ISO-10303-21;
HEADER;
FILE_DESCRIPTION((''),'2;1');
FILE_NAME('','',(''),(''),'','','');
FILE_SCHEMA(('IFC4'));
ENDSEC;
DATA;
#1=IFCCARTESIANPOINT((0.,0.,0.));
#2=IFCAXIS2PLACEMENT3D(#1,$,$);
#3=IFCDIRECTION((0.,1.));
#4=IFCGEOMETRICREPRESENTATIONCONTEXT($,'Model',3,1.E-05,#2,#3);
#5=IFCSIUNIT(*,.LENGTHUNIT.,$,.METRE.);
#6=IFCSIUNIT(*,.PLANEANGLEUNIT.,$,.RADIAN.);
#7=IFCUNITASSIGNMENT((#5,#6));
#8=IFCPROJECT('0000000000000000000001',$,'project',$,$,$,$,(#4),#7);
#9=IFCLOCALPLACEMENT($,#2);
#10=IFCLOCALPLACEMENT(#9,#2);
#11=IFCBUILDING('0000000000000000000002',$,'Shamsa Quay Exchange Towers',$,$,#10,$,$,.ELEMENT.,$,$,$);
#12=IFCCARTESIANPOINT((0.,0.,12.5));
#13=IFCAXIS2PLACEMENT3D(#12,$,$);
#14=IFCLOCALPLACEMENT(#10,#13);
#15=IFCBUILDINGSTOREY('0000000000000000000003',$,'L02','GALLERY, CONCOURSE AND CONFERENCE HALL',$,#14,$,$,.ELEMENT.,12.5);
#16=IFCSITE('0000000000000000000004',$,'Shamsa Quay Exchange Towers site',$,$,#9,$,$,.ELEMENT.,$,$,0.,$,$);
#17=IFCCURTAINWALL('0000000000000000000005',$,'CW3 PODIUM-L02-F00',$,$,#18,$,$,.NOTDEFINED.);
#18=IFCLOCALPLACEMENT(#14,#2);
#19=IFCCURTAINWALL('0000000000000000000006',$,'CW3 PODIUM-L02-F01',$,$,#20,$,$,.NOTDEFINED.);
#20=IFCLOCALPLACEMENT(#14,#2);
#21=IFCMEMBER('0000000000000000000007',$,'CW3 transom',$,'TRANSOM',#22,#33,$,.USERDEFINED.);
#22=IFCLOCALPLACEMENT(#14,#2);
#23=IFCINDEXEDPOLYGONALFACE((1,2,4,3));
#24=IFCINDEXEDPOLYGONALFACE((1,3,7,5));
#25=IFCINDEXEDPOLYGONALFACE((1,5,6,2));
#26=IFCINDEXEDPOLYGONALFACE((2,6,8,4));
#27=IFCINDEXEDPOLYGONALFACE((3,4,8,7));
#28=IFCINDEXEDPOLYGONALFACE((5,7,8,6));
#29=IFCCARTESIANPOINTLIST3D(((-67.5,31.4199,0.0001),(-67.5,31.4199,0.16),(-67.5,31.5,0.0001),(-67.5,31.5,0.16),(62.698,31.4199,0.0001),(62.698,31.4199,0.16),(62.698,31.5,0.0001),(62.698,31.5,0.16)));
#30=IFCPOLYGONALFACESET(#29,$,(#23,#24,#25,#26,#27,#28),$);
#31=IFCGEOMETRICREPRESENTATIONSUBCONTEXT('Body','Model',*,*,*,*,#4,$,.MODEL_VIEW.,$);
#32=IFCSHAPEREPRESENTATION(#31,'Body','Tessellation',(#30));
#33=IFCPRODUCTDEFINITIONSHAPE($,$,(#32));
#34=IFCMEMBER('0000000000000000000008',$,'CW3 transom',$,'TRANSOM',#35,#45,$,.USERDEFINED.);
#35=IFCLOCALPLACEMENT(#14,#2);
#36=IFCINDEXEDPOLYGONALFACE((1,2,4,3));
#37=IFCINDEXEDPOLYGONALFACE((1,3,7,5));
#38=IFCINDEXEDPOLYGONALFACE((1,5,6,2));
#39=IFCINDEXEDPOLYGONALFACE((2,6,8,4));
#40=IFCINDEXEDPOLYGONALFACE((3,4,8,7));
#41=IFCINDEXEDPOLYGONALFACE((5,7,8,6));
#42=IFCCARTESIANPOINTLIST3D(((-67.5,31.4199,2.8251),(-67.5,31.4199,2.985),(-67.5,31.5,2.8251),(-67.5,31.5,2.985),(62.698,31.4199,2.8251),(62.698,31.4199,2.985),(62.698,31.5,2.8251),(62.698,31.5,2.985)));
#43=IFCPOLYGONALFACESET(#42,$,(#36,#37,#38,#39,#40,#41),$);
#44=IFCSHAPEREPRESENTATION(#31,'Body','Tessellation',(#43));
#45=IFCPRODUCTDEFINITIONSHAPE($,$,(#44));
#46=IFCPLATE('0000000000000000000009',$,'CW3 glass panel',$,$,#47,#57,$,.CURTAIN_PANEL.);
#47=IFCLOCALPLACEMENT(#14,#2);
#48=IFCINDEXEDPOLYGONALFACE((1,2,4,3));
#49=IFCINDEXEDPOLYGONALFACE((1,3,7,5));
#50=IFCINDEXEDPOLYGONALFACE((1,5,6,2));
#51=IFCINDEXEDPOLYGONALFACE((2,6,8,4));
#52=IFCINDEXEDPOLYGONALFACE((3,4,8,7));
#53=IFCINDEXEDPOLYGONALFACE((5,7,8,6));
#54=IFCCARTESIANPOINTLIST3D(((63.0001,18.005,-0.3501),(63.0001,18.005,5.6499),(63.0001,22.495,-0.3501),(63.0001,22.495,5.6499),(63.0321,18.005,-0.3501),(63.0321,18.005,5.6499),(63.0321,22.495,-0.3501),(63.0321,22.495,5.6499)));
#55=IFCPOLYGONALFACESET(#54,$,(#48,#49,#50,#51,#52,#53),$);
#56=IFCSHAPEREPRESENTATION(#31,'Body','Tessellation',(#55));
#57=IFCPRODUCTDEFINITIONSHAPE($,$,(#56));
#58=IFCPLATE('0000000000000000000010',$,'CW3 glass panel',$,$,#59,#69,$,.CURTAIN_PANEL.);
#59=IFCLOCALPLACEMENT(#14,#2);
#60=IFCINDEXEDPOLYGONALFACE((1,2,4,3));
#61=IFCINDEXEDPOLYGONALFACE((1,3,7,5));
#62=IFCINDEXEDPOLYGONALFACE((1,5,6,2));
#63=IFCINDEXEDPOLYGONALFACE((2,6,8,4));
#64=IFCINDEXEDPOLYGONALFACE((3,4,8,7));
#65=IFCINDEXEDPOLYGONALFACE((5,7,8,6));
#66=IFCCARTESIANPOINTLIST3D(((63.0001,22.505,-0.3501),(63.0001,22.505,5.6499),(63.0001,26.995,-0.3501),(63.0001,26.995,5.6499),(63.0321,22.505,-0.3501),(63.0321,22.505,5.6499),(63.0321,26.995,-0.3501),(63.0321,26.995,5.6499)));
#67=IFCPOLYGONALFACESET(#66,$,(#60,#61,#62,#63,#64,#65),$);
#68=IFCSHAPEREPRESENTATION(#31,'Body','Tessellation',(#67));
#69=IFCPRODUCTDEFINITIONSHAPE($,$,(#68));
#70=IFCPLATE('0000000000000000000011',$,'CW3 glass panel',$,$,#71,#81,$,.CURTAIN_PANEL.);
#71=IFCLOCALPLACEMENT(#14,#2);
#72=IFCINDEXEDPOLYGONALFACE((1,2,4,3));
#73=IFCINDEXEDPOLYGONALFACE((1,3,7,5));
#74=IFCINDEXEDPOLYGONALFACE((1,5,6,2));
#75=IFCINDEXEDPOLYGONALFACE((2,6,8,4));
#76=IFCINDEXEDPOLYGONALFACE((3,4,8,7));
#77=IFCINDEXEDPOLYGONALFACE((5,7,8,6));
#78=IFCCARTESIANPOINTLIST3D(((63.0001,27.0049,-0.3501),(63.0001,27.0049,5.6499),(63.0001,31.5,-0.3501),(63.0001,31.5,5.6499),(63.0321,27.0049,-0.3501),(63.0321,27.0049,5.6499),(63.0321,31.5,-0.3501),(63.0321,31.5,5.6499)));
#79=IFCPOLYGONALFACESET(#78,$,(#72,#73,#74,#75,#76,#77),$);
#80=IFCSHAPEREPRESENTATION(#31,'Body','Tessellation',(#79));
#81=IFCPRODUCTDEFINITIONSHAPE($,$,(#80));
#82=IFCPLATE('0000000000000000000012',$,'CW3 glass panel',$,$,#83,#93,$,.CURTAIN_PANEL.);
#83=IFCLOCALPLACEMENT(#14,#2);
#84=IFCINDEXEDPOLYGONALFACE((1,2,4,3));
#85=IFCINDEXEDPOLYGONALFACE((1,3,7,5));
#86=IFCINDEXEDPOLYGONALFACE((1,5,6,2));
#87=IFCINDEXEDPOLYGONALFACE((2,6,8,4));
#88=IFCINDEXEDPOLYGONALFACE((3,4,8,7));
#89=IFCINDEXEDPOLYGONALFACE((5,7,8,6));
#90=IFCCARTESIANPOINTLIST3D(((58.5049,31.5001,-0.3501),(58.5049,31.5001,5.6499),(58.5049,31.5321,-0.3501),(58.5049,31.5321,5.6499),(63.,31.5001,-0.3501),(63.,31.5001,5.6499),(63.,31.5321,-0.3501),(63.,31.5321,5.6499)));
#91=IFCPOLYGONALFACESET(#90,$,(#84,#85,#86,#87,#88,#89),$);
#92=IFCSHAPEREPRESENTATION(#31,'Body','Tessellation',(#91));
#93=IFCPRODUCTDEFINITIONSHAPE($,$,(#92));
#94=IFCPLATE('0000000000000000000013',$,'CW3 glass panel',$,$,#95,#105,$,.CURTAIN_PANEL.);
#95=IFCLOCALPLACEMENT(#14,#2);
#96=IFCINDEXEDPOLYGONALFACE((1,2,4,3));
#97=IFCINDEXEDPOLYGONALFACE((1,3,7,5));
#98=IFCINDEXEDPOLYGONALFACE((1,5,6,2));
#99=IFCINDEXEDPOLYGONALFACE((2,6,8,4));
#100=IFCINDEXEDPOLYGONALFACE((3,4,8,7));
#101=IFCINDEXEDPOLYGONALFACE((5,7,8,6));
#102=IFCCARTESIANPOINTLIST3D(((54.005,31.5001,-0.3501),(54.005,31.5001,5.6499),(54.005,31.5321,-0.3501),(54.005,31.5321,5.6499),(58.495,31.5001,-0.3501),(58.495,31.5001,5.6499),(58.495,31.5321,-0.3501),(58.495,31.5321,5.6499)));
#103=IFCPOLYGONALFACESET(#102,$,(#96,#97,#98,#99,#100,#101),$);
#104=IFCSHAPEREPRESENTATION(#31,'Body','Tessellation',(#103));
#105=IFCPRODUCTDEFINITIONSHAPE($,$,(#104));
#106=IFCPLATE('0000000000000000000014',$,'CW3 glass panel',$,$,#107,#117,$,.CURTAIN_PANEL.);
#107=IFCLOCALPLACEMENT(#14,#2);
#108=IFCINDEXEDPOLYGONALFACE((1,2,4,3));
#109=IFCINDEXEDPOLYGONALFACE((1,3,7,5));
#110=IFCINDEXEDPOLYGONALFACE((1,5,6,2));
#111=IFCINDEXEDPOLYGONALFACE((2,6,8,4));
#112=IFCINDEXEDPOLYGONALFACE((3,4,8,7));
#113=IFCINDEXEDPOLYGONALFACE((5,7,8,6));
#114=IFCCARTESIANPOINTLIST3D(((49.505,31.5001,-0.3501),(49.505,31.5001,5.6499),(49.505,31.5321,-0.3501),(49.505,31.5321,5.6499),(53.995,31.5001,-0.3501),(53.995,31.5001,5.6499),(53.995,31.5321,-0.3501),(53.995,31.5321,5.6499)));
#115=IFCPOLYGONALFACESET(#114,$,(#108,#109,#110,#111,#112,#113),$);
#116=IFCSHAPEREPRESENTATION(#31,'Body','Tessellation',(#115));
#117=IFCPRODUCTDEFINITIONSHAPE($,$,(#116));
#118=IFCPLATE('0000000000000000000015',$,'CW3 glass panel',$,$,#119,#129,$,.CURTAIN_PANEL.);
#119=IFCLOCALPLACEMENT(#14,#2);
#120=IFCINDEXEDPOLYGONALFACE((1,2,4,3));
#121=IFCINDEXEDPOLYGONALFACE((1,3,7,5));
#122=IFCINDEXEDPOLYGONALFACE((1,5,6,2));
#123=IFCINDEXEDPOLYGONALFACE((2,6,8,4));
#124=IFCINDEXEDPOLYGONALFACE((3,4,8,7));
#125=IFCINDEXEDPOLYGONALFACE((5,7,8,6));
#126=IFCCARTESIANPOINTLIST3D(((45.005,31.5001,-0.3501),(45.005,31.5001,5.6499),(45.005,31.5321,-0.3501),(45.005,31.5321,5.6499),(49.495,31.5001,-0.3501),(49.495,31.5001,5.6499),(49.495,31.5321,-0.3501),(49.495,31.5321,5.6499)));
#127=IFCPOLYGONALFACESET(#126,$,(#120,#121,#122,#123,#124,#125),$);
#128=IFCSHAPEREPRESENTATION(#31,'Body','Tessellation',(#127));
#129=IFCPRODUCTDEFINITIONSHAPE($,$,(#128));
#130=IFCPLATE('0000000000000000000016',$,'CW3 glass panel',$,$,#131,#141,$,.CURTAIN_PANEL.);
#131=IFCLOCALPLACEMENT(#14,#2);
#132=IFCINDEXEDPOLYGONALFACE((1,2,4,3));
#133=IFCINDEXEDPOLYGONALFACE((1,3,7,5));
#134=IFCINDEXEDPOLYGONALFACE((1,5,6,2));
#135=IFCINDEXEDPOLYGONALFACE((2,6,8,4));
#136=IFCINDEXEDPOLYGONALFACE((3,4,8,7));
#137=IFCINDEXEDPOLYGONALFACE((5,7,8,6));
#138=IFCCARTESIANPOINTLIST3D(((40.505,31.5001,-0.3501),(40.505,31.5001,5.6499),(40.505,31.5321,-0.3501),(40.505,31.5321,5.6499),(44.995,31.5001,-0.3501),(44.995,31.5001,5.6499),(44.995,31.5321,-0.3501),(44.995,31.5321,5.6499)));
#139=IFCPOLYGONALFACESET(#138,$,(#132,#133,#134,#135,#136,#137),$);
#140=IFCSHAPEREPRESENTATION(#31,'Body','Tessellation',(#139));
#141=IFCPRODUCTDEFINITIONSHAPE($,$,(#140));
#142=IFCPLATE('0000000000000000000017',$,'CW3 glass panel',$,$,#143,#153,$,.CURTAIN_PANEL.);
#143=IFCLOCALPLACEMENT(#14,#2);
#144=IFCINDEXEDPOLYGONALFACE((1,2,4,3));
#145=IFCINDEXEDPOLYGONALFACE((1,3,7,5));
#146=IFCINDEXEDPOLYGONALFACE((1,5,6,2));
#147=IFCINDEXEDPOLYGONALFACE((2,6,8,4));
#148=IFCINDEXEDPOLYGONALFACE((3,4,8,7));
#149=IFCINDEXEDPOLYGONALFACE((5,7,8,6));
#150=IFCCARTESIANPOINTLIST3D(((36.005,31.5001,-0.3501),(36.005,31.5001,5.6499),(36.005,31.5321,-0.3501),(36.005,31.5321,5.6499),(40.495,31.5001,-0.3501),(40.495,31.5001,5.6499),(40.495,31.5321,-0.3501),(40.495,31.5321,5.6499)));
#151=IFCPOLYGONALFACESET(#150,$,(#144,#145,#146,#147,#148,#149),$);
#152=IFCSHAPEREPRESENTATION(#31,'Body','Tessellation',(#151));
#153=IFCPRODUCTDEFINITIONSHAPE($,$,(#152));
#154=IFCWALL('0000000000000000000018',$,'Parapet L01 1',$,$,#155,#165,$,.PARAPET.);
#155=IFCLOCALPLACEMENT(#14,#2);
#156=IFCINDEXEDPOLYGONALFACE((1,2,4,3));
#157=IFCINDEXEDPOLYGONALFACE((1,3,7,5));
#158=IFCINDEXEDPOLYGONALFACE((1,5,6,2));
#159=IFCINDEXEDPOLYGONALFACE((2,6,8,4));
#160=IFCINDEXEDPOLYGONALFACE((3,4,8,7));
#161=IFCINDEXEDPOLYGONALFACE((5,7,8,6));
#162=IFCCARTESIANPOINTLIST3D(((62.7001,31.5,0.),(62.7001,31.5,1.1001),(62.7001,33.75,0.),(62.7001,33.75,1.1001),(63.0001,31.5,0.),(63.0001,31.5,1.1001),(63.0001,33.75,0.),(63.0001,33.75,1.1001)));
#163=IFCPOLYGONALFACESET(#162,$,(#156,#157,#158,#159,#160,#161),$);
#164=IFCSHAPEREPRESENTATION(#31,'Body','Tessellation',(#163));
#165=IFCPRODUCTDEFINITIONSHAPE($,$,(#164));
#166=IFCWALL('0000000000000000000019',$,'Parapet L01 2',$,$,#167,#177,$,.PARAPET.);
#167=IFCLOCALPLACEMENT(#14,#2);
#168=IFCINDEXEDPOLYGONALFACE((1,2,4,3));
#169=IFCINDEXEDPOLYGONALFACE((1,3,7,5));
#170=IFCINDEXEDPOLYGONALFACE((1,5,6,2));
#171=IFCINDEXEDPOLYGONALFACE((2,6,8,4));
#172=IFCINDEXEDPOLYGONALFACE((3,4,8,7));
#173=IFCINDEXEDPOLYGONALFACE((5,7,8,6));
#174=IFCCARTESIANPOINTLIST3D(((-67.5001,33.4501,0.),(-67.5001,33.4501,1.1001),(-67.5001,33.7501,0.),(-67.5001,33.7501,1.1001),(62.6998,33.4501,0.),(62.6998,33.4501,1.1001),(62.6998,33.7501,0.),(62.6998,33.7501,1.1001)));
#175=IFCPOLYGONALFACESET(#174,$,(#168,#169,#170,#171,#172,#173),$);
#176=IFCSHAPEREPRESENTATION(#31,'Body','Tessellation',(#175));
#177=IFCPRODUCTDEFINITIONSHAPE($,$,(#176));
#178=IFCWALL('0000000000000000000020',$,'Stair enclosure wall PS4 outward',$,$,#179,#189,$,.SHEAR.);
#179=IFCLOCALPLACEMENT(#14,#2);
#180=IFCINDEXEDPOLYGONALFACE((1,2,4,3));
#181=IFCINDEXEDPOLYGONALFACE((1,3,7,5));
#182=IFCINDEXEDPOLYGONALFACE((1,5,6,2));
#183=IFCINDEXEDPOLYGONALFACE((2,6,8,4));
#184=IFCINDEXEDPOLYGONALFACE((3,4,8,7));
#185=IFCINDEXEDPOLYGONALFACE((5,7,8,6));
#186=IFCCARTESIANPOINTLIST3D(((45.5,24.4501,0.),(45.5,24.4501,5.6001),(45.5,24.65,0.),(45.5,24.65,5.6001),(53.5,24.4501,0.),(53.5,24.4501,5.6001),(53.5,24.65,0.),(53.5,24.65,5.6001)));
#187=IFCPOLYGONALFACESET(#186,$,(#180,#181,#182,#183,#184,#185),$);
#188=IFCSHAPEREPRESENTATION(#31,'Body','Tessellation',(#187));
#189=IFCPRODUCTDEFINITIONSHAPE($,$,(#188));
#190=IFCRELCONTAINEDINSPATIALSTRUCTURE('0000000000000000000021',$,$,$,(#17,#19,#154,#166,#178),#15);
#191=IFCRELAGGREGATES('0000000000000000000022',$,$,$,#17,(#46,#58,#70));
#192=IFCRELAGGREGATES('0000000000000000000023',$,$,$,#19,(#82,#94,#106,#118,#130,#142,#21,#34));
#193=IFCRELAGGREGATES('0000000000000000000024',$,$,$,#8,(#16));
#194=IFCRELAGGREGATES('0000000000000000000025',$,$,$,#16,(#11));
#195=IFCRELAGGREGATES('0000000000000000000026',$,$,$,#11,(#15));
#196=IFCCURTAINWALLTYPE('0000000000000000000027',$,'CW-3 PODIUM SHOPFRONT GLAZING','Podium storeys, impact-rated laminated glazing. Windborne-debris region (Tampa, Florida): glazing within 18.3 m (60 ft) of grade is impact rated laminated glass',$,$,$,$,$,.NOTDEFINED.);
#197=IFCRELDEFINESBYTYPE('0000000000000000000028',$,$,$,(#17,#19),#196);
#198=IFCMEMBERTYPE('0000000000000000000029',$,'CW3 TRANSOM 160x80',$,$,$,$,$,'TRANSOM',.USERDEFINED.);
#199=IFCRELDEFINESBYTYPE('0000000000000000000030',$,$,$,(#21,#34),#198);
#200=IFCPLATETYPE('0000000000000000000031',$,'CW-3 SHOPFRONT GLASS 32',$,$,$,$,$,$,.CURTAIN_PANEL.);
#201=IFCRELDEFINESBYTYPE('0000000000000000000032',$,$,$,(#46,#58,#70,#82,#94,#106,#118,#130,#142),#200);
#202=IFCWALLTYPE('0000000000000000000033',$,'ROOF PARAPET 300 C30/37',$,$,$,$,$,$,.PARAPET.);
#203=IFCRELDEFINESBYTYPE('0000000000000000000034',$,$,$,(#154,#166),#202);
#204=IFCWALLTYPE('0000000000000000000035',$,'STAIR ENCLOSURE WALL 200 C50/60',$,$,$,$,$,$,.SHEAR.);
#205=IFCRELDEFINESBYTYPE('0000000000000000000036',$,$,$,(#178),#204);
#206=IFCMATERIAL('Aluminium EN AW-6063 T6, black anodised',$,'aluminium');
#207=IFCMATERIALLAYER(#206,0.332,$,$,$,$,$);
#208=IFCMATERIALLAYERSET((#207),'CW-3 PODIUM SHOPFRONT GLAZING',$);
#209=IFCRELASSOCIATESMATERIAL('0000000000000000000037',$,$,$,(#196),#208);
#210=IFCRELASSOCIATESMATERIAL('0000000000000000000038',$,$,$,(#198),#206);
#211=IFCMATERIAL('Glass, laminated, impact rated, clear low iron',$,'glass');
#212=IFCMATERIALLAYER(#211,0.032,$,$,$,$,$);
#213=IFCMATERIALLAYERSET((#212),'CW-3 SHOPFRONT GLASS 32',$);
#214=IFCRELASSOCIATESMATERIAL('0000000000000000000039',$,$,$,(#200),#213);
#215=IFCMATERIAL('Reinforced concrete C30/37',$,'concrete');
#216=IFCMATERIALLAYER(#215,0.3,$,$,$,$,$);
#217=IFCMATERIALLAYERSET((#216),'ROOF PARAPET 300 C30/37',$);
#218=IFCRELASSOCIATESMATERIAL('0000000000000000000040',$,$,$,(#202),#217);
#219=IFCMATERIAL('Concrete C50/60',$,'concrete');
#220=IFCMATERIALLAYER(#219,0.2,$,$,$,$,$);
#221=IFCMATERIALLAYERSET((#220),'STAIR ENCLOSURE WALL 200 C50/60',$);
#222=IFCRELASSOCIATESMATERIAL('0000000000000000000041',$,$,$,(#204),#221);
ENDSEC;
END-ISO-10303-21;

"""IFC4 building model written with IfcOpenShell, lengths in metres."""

from ifc_helpers import new_model, si_unit, direction, frame, frame_2d, origin, origin_2d, place, context, subcontext, project, spatial, rectangle, extrude, material, layer, layer_set, material_profile, profile_set, type_object, element, aggregate, save


model = new_model("IFC4")

# Units and contexts
model_context = context("Model", 3, precision=1e-05, world=origin(), true_north=direction((0.0, 1.0)))
body_context = subcontext(model_context, "Body", "Model", "MODEL_VIEW")
ifc_project = project(units=[si_unit("LENGTHUNIT", "METRE"), si_unit("PLANEANGLEUNIT", "RADIAN")], contexts=[model_context])

# Site, building, storey
site_placement = place(None, origin())
site = spatial("IfcSite", under=ifc_project, at=site_placement, Name="Shamsa Quay Exchange Towers site", CompositionType="ELEMENT", RefElevation=0.0)
building_placement = place(site_placement, origin())
building = spatial("IfcBuilding", under=site, at=building_placement, Name="Shamsa Quay Exchange Towers", CompositionType="ELEMENT")
storey_placement = place(building_placement, frame((0.0, 0.0, 12.5)))
storey = spatial("IfcBuildingStorey", under=building, at=storey_placement, Name="L02", Description="GALLERY, CONCOURSE AND CONFERENCE HALL", CompositionType="ELEMENT", Elevation=12.5)

# Curtain walls, members
ifc_material_1 = material(Name="Aluminium EN AW-6063 T6, black anodised", Category="aluminium")
ifc_layer_1 = layer(ifc_material_1, 0.332)
ifc_layer_set_1 = layer_set([ifc_layer_1], Name="CW-3 PODIUM SHOPFRONT GLAZING")
curtain_wall_type = type_object("IfcCurtainWallType", Name="CW-3 PODIUM SHOPFRONT GLAZING", Description="Podium storeys, impact-rated laminated glazing. Windborne-debris region (Tampa, Florida): glazing within 18.3 m (60 ft) of grade is impact rated laminated glass", PredefinedType="NOTDEFINED", material=ifc_layer_set_1)
curtain_wall_1_placement = place(storey_placement, origin())
curtain_wall_1 = element("IfcCurtainWall", 1, at=curtain_wall_1_placement, inside=storey, type_object=curtain_wall_type, Name="CW3 PODIUM-L02-F00", PredefinedType="NOTDEFINED")
curtain_wall_2_placement = place(storey_placement, origin())
curtain_wall_2 = element("IfcCurtainWall", 2, at=curtain_wall_2_placement, inside=storey, type_object=curtain_wall_type, Name="CW3 PODIUM-L02-F01", PredefinedType="NOTDEFINED")
ifc_material_profile_1 = material_profile(ifc_material_1, rectangle(XDim=0.0801, YDim=0.1599, at=origin_2d()), Name="TR160x80")
ifc_profile_set_1 = profile_set([ifc_material_profile_1], Name="Aluminium EN AW-6063 T6, black anodised")
member_type_1 = type_object("IfcMemberType", Name="CW3 TRANSOM 160x80", ElementType="TRANSOM", PredefinedType="USERDEFINED", material=ifc_profile_set_1)
member_1_placement = place(storey_placement, frame((62.698, 31.46, 0.0801), z_axis=(-1.0, 0.0, 0.0), x_axis=(0.0, -1.0, 0.0)))
member_1 = element("IfcMember", 3, at=member_1_placement, type_object=member_type_1, Name="CW3 transom", ObjectType="TRANSOM", PredefinedType="USERDEFINED", context=body_context, shape_type="SweptSolid", body=[
    extrude(rectangle(XDim=0.0801, YDim=0.1599, at=origin_2d()), origin(), (0.0, 0.0, 1.0), 130.198),
])
member_2_placement = place(storey_placement, frame((62.698, 31.46, 2.905), z_axis=(-1.0, 0.0, 0.0), x_axis=(0.0, -1.0, 0.0)))
member_2 = element("IfcMember", 4, at=member_2_placement, type_object=member_type_1, Name="CW3 transom", ObjectType="TRANSOM", PredefinedType="USERDEFINED", context=body_context, shape_type="SweptSolid", body=[
    extrude(rectangle(XDim=0.0801, YDim=0.1599, at=origin_2d()), origin(), (0.0, 0.0, 1.0), 130.198),
])

# Plates
ifc_material_2 = material(Name="Glass, laminated, impact rated, clear low iron", Category="glass")
ifc_layer_2 = layer(ifc_material_2, 0.032)
ifc_layer_set_2 = layer_set([ifc_layer_2], Name="CW-3 SHOPFRONT GLASS 32")
plate_type = type_object("IfcPlateType", Name="CW-3 SHOPFRONT GLASS 32", PredefinedType="CURTAIN_PANEL", material=ifc_layer_set_2)
plate_1_placement = place(storey_placement, frame((63.0161, 20.25, -0.3501), z_axis=(0.0, 0.0, 1.0), x_axis=(0.0, 1.0, 0.0)))
plate_1 = element("IfcPlate", 5, at=plate_1_placement, type_object=plate_type, Name="CW3 glass panel", PredefinedType="CURTAIN_PANEL", context=body_context, shape_type="SweptSolid", body=[
    extrude(rectangle(XDim=4.49, YDim=0.032, at=origin_2d()), origin(), (0.0, 0.0, 1.0), 6.0),
])
plate_2_placement = place(storey_placement, frame((63.0161, 24.75, -0.3501), z_axis=(0.0, 0.0, 1.0), x_axis=(0.0, 1.0, 0.0)))
plate_2 = element("IfcPlate", 6, at=plate_2_placement, type_object=plate_type, Name="CW3 glass panel", PredefinedType="CURTAIN_PANEL", context=body_context, shape_type="SweptSolid", body=[
    extrude(rectangle(XDim=4.49, YDim=0.032, at=origin_2d()), origin(), (0.0, 0.0, 1.0), 6.0),
])
plate_3_placement = place(storey_placement, frame((63.0161, 29.2524, -0.3501), z_axis=(0.0, 0.0, 1.0), x_axis=(0.0, 1.0, 0.0)))
plate_3 = element("IfcPlate", 7, at=plate_3_placement, type_object=plate_type, Name="CW3 glass panel", PredefinedType="CURTAIN_PANEL", context=body_context, shape_type="SweptSolid", body=[
    extrude(rectangle(XDim=4.4951, YDim=0.032, at=origin_2d()), origin(), (0.0, 0.0, 1.0), 6.0),
])
aggregate(curtain_wall_1, [plate_1, plate_2, plate_3])
plate_4_placement = place(storey_placement, frame((60.7524, 31.5161, -0.3501), z_axis=(0.0, 0.0, 1.0), x_axis=(-1.0, 0.0, 0.0)))
plate_4 = element("IfcPlate", 8, at=plate_4_placement, type_object=plate_type, Name="CW3 glass panel", PredefinedType="CURTAIN_PANEL", context=body_context, shape_type="SweptSolid", body=[
    extrude(rectangle(XDim=4.4951, YDim=0.032, at=origin_2d()), origin(), (0.0, 0.0, 1.0), 6.0),
])
plate_5_placement = place(storey_placement, frame((56.25, 31.5161, -0.3501), z_axis=(0.0, 0.0, 1.0), x_axis=(-1.0, 0.0, 0.0)))
plate_5 = element("IfcPlate", 9, at=plate_5_placement, type_object=plate_type, Name="CW3 glass panel", PredefinedType="CURTAIN_PANEL", context=body_context, shape_type="SweptSolid", body=[
    extrude(rectangle(XDim=4.49, YDim=0.032, at=origin_2d()), origin(), (0.0, 0.0, 1.0), 6.0),
])
plate_6_placement = place(storey_placement, frame((51.75, 31.5161, -0.3501), z_axis=(0.0, 0.0, 1.0), x_axis=(-1.0, 0.0, 0.0)))
plate_6 = element("IfcPlate", 10, at=plate_6_placement, type_object=plate_type, Name="CW3 glass panel", PredefinedType="CURTAIN_PANEL", context=body_context, shape_type="SweptSolid", body=[
    extrude(rectangle(XDim=4.49, YDim=0.032, at=origin_2d()), origin(), (0.0, 0.0, 1.0), 6.0),
])
plate_7_placement = place(storey_placement, frame((47.25, 31.5161, -0.3501), z_axis=(0.0, 0.0, 1.0), x_axis=(-1.0, 0.0, 0.0)))
plate_7 = element("IfcPlate", 11, at=plate_7_placement, type_object=plate_type, Name="CW3 glass panel", PredefinedType="CURTAIN_PANEL", context=body_context, shape_type="SweptSolid", body=[
    extrude(rectangle(XDim=4.49, YDim=0.032, at=origin_2d()), origin(), (0.0, 0.0, 1.0), 6.0),
])
plate_8_placement = place(storey_placement, frame((42.75, 31.5161, -0.3501), z_axis=(0.0, 0.0, 1.0), x_axis=(-1.0, 0.0, 0.0)))
plate_8 = element("IfcPlate", 12, at=plate_8_placement, type_object=plate_type, Name="CW3 glass panel", PredefinedType="CURTAIN_PANEL", context=body_context, shape_type="SweptSolid", body=[
    extrude(rectangle(XDim=4.49, YDim=0.032, at=origin_2d()), origin(), (0.0, 0.0, 1.0), 6.0),
])
plate_9_placement = place(storey_placement, frame((38.25, 31.5161, -0.3501), z_axis=(0.0, 0.0, 1.0), x_axis=(-1.0, 0.0, 0.0)))
plate_9 = element("IfcPlate", 13, at=plate_9_placement, type_object=plate_type, Name="CW3 glass panel", PredefinedType="CURTAIN_PANEL", context=body_context, shape_type="SweptSolid", body=[
    extrude(rectangle(XDim=4.49, YDim=0.032, at=origin_2d()), origin(), (0.0, 0.0, 1.0), 6.0),
])
aggregate(curtain_wall_2, [plate_4, plate_5, plate_6, plate_7, plate_8, plate_9, member_1, member_2])

# Walls
ifc_material_3 = material(Name="Reinforced concrete C30/37", Category="concrete")
ifc_layer_3 = layer(ifc_material_3, 0.3)
ifc_layer_set_3 = layer_set([ifc_layer_3], Name="ROOF PARAPET 300 C30/37")
wall_type_1 = type_object("IfcWallType", Name="ROOF PARAPET 300 C30/37", PredefinedType="PARAPET", material=ifc_layer_set_3)
wall_1_placement = place(storey_placement, frame((62.8501, 31.5, 0.0), z_axis=(0.0, 0.0, 1.0), x_axis=(0.0, 1.0, 0.0)))
element("IfcWall", 14, at=wall_1_placement, inside=storey, type_object=wall_type_1, Name="Parapet L01 1", PredefinedType="PARAPET", context=body_context, shape_type="SweptSolid", body=[
    extrude(rectangle(XDim=2.25, YDim=0.3, at=frame_2d((1.125, 0.0))), origin(), (0.0, 0.0, 1.0), 1.1001),
])
wall_2_placement = place(storey_placement, frame((62.7, 33.6001, 0.0), z_axis=(0.0, 0.0, 1.0), x_axis=(-1.0, 0.0, 0.0)))
element("IfcWall", 15, at=wall_2_placement, inside=storey, type_object=wall_type_1, Name="Parapet L01 2", PredefinedType="PARAPET", context=body_context, shape_type="SweptSolid", body=[
    extrude(rectangle(XDim=130.2, YDim=0.3, at=frame_2d((65.1001, 0.0))), origin(), (0.0, 0.0, 1.0), 1.1001),
])
ifc_material_4 = material(Name="Concrete C50/60", Category="concrete")
ifc_layer_4 = layer(ifc_material_4, 0.2)
ifc_layer_set_4 = layer_set([ifc_layer_4], Name="STAIR ENCLOSURE WALL 200 C50/60")
wall_type_2 = type_object("IfcWallType", Name="STAIR ENCLOSURE WALL 200 C50/60", PredefinedType="SHEAR", material=ifc_layer_set_4)
wall_3_placement = place(storey_placement, frame((45.5, 24.55, 0.0)))
element("IfcWall", 16, at=wall_3_placement, inside=storey, type_object=wall_type_2, Name="Stair enclosure wall PS4 outward", PredefinedType="SHEAR", context=body_context, shape_type="SweptSolid", body=[
    extrude(rectangle(XDim=8.0, YDim=0.2, at=frame_2d((4.0, 0.0))), origin(), (0.0, 0.0, 1.0), 5.6001),
])

save(model, "model.ifc")
